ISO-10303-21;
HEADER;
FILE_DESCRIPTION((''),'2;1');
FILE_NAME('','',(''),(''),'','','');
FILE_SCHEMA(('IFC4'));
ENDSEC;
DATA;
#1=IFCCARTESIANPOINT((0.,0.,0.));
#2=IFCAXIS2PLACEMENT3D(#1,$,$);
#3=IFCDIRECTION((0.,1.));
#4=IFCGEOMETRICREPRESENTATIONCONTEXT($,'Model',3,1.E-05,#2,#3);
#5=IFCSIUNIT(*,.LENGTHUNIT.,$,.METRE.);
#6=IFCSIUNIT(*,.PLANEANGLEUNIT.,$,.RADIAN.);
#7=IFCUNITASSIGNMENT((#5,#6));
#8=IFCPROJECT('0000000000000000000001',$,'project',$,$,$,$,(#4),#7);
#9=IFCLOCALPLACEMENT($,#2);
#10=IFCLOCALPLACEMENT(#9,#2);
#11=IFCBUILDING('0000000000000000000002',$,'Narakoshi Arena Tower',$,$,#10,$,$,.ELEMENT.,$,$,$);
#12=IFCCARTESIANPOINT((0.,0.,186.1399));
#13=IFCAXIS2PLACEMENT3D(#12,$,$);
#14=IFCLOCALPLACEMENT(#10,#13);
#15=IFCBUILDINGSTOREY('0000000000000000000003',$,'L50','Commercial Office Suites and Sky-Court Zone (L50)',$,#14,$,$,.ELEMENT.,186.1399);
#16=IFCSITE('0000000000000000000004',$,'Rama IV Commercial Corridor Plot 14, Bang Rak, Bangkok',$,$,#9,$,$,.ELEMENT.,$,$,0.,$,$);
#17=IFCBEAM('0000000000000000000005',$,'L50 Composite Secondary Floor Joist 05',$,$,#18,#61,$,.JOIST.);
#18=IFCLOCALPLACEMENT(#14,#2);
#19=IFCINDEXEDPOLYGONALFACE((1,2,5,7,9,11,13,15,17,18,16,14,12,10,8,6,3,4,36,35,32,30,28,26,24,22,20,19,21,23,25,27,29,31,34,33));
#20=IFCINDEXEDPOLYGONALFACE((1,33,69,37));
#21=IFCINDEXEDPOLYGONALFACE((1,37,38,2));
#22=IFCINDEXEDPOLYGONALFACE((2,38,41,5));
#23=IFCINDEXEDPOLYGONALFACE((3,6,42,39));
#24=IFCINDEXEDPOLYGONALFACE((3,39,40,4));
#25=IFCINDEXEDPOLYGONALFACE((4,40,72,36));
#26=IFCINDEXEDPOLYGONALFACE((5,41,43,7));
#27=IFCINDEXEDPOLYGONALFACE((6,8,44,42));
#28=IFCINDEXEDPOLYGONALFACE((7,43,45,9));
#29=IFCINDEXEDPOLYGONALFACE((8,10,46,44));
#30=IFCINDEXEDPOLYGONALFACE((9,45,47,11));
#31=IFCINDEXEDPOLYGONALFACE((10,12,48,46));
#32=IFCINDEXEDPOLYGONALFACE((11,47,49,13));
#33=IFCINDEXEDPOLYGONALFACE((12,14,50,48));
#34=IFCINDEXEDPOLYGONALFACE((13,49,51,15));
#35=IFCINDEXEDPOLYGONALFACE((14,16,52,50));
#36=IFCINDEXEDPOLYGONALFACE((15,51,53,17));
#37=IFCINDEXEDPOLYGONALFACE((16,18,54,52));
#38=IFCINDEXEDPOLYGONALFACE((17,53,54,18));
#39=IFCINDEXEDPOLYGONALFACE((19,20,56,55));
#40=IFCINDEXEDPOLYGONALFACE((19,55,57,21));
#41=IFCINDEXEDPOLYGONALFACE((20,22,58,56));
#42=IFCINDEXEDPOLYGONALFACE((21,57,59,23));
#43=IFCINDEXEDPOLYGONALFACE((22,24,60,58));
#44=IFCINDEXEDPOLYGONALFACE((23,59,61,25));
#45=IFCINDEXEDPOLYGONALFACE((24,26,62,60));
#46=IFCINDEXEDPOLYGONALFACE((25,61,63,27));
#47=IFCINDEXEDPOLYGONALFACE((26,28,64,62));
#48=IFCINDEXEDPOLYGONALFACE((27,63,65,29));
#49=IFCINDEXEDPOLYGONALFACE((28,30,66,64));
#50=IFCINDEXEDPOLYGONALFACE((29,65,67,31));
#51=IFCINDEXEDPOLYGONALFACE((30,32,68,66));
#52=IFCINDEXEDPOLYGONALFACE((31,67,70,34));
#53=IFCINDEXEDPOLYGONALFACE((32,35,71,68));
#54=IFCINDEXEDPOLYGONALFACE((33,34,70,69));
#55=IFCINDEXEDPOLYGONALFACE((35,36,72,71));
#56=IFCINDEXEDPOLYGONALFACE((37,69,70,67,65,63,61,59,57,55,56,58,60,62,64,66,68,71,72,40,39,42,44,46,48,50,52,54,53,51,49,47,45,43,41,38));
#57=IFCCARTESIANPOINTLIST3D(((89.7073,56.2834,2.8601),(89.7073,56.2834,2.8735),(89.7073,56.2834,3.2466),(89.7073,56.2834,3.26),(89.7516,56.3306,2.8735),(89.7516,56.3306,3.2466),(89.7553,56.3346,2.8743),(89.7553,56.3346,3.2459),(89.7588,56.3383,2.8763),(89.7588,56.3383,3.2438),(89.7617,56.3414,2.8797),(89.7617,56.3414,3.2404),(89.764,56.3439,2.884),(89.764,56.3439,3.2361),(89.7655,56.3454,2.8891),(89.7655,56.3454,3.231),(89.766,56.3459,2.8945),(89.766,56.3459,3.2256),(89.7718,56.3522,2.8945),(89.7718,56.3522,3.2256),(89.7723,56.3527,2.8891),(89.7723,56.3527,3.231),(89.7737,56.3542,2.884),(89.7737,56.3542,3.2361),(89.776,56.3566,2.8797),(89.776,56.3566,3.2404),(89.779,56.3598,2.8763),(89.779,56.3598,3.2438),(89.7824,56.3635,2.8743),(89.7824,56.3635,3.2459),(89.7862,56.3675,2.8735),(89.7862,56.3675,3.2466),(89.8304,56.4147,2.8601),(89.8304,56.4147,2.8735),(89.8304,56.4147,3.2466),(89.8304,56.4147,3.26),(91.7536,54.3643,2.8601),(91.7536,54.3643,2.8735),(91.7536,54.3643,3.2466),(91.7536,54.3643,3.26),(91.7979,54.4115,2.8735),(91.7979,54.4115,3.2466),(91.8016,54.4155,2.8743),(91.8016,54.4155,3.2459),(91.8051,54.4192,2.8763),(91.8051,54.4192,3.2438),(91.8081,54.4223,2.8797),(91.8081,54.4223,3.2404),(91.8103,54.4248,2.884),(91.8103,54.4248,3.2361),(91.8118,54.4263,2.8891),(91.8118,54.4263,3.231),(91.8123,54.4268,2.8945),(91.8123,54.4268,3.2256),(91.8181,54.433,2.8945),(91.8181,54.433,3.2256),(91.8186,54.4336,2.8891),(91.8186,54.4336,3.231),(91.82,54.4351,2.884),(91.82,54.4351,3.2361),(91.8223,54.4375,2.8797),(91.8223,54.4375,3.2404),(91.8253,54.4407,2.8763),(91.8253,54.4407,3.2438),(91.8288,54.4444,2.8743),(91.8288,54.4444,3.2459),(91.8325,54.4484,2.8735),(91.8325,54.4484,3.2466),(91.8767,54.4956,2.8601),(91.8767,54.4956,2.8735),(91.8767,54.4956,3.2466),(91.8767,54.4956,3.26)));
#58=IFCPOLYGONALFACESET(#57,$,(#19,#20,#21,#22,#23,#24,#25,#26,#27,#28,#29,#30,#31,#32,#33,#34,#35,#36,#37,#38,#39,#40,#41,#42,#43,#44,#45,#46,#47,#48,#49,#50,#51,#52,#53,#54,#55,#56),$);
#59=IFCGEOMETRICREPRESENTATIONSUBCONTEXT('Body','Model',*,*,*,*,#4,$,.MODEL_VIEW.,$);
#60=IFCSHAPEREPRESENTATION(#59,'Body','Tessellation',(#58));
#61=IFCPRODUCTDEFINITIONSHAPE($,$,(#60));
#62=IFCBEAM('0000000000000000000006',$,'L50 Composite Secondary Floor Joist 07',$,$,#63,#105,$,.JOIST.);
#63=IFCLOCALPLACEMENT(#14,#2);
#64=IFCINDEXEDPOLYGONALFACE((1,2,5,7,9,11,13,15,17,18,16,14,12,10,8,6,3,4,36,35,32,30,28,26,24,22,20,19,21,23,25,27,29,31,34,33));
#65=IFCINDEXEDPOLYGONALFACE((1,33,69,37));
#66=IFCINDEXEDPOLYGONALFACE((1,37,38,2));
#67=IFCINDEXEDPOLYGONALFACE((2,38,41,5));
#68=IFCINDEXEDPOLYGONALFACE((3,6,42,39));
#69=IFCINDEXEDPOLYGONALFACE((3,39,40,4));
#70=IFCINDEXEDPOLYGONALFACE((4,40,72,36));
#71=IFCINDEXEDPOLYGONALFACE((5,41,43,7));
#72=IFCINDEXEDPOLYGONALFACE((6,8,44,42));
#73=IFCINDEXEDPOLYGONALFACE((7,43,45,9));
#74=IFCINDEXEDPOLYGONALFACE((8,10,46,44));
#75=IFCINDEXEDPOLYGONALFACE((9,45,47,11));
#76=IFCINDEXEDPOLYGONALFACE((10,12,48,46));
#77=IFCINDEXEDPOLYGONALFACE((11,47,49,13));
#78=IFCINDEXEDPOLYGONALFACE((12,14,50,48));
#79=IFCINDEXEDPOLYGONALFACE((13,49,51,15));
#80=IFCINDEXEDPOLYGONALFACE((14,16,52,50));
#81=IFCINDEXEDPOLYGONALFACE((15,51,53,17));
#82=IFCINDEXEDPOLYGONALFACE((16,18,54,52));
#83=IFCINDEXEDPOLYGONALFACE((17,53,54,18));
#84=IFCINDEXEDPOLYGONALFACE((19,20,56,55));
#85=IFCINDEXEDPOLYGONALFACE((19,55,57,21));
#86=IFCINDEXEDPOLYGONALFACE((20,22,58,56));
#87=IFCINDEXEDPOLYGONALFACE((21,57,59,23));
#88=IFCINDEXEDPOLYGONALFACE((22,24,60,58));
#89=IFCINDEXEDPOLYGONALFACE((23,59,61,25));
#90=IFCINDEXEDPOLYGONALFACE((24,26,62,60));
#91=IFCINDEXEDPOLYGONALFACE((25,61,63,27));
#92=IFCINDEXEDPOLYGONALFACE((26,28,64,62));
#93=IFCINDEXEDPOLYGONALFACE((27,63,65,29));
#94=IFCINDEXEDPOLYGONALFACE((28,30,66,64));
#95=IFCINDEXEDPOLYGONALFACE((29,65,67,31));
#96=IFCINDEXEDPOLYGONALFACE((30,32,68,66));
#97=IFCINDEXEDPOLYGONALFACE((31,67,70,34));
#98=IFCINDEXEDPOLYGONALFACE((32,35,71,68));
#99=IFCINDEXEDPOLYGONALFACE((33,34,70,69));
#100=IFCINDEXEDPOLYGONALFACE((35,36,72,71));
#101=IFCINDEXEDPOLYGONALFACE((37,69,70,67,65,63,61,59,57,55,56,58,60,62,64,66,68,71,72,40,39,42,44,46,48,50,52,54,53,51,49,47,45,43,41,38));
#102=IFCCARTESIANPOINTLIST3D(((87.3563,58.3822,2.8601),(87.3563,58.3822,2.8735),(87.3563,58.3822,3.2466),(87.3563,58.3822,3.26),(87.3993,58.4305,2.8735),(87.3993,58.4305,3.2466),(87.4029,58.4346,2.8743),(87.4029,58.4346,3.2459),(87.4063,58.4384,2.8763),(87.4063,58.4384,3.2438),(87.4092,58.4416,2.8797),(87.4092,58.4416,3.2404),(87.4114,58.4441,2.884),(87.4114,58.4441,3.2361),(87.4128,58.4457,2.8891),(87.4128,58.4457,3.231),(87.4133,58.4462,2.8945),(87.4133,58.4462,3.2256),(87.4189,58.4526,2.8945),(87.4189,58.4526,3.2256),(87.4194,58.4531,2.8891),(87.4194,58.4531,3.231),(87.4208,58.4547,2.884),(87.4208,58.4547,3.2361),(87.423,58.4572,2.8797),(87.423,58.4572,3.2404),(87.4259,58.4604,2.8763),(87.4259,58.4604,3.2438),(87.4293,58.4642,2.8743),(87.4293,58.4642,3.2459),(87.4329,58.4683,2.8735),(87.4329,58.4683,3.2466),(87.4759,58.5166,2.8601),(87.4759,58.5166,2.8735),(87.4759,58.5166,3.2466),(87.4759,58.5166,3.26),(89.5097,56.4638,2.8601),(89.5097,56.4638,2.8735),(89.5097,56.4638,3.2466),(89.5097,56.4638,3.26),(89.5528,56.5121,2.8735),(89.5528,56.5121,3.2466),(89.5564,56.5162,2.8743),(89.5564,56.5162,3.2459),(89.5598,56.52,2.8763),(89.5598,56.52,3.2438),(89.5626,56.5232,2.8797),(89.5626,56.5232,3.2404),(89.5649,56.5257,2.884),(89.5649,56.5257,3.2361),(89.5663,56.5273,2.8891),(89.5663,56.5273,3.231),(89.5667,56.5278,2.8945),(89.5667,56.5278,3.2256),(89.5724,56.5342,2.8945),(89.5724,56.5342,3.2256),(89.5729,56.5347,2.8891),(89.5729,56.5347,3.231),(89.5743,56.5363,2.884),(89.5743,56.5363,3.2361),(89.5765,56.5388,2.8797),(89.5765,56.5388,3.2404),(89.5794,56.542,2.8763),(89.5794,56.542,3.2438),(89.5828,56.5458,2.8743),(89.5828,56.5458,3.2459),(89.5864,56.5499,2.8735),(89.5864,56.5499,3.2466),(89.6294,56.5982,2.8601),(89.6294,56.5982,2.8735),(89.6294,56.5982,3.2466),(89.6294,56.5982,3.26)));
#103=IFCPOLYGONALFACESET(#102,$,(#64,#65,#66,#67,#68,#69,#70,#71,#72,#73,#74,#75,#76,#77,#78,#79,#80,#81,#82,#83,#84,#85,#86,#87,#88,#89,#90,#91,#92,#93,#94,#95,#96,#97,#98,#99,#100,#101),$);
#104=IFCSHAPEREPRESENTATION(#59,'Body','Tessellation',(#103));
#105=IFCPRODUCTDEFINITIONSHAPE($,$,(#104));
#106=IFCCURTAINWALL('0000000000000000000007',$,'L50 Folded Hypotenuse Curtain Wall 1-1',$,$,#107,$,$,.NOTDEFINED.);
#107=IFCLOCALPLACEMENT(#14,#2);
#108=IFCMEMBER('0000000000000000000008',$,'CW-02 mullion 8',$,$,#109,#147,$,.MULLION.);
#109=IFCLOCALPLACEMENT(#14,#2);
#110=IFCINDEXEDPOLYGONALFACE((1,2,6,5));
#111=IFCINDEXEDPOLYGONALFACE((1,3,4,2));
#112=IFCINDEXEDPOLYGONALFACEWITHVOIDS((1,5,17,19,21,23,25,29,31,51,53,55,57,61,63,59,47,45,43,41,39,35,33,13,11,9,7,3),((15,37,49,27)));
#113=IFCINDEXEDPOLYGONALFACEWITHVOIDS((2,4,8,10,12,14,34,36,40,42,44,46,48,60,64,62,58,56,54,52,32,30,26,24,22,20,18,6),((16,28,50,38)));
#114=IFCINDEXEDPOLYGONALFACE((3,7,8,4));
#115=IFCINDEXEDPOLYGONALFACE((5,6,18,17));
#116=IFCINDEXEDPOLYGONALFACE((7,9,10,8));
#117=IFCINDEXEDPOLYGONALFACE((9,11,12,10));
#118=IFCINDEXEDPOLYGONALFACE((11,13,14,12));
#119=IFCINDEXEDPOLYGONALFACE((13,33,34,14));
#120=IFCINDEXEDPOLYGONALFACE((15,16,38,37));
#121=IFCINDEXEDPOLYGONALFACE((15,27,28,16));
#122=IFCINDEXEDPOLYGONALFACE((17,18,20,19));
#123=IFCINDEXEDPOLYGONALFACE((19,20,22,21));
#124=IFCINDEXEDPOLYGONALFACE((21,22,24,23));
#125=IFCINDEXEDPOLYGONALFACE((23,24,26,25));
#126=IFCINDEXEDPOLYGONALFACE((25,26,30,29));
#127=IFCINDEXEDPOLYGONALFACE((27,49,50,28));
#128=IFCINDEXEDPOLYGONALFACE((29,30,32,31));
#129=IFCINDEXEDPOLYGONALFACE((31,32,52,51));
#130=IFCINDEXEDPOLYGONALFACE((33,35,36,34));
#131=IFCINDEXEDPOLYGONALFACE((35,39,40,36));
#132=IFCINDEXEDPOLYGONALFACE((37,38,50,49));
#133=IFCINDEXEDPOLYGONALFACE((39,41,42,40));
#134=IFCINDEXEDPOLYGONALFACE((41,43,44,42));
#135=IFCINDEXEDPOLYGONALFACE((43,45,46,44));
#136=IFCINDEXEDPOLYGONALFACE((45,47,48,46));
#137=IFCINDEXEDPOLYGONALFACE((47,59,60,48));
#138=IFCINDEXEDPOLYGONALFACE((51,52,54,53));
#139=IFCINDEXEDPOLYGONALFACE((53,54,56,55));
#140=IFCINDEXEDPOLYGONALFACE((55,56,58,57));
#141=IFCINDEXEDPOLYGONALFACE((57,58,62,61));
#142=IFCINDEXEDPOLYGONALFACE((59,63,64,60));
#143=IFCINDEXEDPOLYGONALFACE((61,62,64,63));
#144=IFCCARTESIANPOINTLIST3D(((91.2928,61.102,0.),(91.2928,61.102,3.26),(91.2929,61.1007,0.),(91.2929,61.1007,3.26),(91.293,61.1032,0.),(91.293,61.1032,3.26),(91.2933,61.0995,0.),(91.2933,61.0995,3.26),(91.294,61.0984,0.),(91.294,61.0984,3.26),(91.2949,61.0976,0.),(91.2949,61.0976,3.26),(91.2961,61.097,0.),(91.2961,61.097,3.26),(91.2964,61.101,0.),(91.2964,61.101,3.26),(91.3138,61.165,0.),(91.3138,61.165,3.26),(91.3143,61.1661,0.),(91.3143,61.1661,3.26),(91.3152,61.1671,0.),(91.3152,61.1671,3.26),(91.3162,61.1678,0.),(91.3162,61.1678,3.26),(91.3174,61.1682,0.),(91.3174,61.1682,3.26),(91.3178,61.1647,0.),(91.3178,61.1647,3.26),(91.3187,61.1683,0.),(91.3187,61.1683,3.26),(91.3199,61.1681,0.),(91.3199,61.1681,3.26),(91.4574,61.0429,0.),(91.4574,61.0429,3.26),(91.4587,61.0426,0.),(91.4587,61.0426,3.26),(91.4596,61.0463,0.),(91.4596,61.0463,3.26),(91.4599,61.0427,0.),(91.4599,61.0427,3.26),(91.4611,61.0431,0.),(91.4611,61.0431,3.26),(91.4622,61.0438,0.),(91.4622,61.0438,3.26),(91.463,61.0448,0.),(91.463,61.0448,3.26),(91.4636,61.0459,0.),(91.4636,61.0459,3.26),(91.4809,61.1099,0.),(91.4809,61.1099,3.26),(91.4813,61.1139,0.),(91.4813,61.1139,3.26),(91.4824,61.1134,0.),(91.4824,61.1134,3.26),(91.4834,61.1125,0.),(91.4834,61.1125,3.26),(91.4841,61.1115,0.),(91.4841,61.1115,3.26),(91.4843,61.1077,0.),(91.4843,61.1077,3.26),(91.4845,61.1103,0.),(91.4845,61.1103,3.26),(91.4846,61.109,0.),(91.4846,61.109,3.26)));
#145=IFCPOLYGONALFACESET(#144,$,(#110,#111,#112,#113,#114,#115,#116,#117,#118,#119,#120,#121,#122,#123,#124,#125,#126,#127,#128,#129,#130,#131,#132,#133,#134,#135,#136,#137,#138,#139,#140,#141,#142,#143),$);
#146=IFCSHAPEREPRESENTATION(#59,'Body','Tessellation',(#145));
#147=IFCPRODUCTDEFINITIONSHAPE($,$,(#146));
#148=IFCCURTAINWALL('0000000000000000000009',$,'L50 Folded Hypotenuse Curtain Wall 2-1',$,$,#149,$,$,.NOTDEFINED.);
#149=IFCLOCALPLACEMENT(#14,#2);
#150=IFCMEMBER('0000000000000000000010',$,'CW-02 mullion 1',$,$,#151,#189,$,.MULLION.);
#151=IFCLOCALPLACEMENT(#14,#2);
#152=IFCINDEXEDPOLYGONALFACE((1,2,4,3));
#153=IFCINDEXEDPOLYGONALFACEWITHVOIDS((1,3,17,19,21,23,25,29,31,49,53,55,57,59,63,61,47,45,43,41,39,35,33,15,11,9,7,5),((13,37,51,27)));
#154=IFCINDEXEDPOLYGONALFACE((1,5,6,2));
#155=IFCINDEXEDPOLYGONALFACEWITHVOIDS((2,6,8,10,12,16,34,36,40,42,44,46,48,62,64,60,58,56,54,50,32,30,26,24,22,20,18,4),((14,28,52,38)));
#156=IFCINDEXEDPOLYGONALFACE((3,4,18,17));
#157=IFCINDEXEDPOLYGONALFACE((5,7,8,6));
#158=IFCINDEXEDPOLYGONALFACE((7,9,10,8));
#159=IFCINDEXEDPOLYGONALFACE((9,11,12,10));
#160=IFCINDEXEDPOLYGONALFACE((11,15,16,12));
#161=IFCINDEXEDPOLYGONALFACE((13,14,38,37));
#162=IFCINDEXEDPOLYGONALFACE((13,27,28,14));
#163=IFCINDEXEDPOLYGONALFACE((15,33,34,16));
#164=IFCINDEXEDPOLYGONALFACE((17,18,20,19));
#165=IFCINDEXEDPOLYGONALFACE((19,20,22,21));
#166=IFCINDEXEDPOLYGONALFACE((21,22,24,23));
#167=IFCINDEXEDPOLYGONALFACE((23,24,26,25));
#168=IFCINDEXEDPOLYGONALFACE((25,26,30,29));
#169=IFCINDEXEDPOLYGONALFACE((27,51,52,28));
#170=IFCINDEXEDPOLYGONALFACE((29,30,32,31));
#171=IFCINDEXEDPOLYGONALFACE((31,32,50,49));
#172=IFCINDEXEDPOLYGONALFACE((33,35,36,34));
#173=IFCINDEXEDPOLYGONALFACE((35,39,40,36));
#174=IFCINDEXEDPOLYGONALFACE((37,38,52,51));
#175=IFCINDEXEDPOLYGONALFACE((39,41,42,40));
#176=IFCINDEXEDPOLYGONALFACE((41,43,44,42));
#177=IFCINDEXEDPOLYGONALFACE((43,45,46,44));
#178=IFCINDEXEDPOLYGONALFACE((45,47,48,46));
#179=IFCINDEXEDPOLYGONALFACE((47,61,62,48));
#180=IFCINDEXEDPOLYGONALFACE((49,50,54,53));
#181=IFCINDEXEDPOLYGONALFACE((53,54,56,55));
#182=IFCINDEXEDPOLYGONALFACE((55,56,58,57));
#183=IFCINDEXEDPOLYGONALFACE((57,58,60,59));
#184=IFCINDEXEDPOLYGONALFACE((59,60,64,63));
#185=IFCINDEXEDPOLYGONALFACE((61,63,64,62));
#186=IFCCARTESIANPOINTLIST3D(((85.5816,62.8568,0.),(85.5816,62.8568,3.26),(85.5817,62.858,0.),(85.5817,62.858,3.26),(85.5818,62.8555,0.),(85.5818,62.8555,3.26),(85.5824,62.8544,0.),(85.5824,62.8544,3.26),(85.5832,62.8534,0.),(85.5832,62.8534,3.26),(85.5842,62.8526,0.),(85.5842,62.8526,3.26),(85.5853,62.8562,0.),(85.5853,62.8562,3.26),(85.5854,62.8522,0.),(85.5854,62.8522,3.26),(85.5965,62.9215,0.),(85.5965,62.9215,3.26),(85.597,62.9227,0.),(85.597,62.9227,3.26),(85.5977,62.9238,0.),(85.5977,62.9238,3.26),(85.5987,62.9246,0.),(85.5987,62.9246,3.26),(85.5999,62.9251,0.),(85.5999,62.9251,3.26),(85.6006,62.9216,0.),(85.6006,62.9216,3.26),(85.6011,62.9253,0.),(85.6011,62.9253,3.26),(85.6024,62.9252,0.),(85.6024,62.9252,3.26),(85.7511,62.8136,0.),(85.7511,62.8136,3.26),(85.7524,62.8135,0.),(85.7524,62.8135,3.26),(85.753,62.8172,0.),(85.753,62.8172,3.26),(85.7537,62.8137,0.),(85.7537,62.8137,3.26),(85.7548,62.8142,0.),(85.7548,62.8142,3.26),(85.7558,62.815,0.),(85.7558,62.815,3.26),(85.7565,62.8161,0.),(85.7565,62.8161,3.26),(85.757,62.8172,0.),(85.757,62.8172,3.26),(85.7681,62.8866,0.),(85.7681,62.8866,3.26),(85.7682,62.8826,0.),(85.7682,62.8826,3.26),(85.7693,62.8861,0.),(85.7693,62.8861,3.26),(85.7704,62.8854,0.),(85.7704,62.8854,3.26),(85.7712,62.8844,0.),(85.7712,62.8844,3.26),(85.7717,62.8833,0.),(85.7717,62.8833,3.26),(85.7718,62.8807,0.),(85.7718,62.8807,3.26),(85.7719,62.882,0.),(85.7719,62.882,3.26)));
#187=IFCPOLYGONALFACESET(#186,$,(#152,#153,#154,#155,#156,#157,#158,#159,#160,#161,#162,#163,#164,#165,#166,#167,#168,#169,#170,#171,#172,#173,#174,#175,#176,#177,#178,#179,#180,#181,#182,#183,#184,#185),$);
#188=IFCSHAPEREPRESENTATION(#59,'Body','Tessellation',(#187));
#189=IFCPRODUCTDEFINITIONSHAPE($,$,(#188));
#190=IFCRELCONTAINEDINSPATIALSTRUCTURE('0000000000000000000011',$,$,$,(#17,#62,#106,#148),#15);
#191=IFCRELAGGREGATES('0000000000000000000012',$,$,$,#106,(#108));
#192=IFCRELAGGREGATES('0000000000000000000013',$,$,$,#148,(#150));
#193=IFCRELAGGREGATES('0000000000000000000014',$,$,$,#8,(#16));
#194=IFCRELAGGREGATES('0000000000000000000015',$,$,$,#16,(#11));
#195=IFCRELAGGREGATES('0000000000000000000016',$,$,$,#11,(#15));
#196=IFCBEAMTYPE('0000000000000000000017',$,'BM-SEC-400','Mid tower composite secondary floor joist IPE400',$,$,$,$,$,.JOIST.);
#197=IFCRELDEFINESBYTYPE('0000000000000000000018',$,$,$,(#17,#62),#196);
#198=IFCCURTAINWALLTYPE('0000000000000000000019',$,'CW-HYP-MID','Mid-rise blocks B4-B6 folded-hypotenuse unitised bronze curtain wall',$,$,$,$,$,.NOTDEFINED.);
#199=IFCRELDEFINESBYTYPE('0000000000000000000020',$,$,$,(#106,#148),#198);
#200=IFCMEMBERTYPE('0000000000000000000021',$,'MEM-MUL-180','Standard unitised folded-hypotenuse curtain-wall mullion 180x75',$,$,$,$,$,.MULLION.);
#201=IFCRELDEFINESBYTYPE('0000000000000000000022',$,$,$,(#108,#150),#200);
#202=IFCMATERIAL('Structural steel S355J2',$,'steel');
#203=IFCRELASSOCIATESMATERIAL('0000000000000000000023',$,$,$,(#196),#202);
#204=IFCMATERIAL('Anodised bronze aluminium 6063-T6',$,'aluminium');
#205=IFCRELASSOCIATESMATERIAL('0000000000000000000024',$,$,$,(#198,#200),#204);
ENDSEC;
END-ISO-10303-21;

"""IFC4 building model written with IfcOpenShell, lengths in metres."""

from ifc_helpers import new_model, si_unit, direction, frame, origin, origin_2d, place, context, subcontext, project, spatial, hollow_rectangle, i_section, extrude, material, material_profile, profile_set, type_object, element, aggregate, save


model = new_model("IFC4")

# Units and contexts
model_context = context("Model", 3, precision=1e-05, world=origin(), true_north=direction((0.0, 1.0)))
body_context = subcontext(model_context, "Body", "Model", "MODEL_VIEW")
ifc_project = project(units=[si_unit("LENGTHUNIT", "METRE"), si_unit("PLANEANGLEUNIT", "RADIAN")], contexts=[model_context])

# Site, building, storey
site_placement = place(None, origin())
site = spatial("IfcSite", under=ifc_project, at=site_placement, Name="Rama IV Commercial Corridor Plot 14, Bang Rak, Bangkok", CompositionType="ELEMENT", RefElevation=0.0)
building_placement = place(site_placement, origin())
building = spatial("IfcBuilding", under=site, at=building_placement, Name="Narakoshi Arena Tower", CompositionType="ELEMENT")
storey_placement = place(building_placement, frame((0.0, 0.0, 186.1399)))
storey = spatial("IfcBuildingStorey", under=building, at=storey_placement, Name="L50", Description="Commercial Office Suites and Sky-Court Zone (L50)", CompositionType="ELEMENT", Elevation=186.1399)

# Beams
ifc_material_1 = material(Name="Structural steel S355J2", Category="steel")
ifc_material_profile_1 = material_profile(ifc_material_1, i_section(OverallWidth=0.1799, OverallDepth=0.3999, WebThickness=0.0085, FlangeThickness=0.0134, FilletRadius=0.021, at=origin_2d()), Name="IPE400")
ifc_profile_set_1 = profile_set([ifc_material_profile_1], Name="Structural steel S355J2")
beam_type_1 = type_object("IfcBeamType", Name="BM-SEC-400", Description="Mid tower composite secondary floor joist IPE400", PredefinedType="JOIST", material=ifc_profile_set_1)
beam_1_placement = place(storey_placement, frame((91.8152, 54.4299, 3.0601), z_axis=(-0.729412, 0.684074, 0.0), x_axis=(-0.684074, -0.729412, 0.0)))
element("IfcBeam", 1, at=beam_1_placement, inside=storey, type_object=beam_type_1, Name="L50 Composite Secondary Floor Joist 05", PredefinedType="JOIST", context=body_context, shape_type="SweptSolid", body=[
    extrude(i_section(OverallWidth=0.1799, OverallDepth=0.3999, WebThickness=0.0085, FlangeThickness=0.0134, FilletRadius=0.021, at=origin_2d()), origin(), (0.0, 0.0, 1.0), 2.8054),
])
beam_2_placement = place(storey_placement, frame((89.5696, 56.531, 3.0601), z_axis=(-0.74669, 0.665173, 0.0), x_axis=(-0.665173, -0.74669, 0.0)))
element("IfcBeam", 2, at=beam_2_placement, inside=storey, type_object=beam_type_1, Name="L50 Composite Secondary Floor Joist 07", PredefinedType="JOIST", context=body_context, shape_type="SweptSolid", body=[
    extrude(i_section(OverallWidth=0.1799, OverallDepth=0.3999, WebThickness=0.0085, FlangeThickness=0.0134, FilletRadius=0.021, at=origin_2d()), origin(), (0.0, 0.0, 1.0), 2.884),
])

# Curtain wall, member
ifc_material_2 = material(Name="Anodised bronze aluminium 6063-T6", Category="aluminium")
curtain_wall_type = type_object("IfcCurtainWallType", Name="CW-HYP-MID", Description="Mid-rise blocks B4-B6 folded-hypotenuse unitised bronze curtain wall", PredefinedType="NOTDEFINED", material=ifc_material_2)
curtain_wall_1_placement = place(storey_placement, origin())
curtain_wall_1 = element("IfcCurtainWall", 3, at=curtain_wall_1_placement, inside=storey, type_object=curtain_wall_type, Name="L50 Folded Hypotenuse Curtain Wall 1-1", PredefinedType="NOTDEFINED")
ifc_material_profile_2 = material_profile(ifc_material_2, hollow_rectangle(XDim=0.075, YDim=0.1799, WallThickness=0.0039, OuterFilletRadius=0.0049, at=origin_2d()), Name="MUL180x75x4")
ifc_profile_set_2 = profile_set([ifc_material_profile_2], Name="Anodised bronze aluminium 6063-T6")
member_type_1 = type_object("IfcMemberType", Name="MEM-MUL-180", Description="Standard unitised folded-hypotenuse curtain-wall mullion 180x75", PredefinedType="MULLION", material=ifc_profile_set_2)
member_1_placement = place(storey_placement, frame((91.3887, 61.1055, 0.0), z_axis=(0.0, 0.0, 1.0), x_axis=(-0.318261, -0.948003, 0.0)))
member_1 = element("IfcMember", 4, at=member_1_placement, type_object=member_type_1, Name="CW-02 mullion 8", PredefinedType="MULLION", context=body_context, shape_type="SweptSolid", body=[
    extrude(hollow_rectangle(XDim=0.075, YDim=0.1799, WallThickness=0.0039, OuterFilletRadius=0.0049, at=origin_2d()), origin(), (0.0, 0.0, 1.0), 3.26),
])
aggregate(curtain_wall_1, [member_1])

# Curtain wall, member
curtain_wall_2_placement = place(storey_placement, origin())
curtain_wall_2 = element("IfcCurtainWall", 5, at=curtain_wall_2_placement, inside=storey, type_object=curtain_wall_type, Name="L50 Folded Hypotenuse Curtain Wall 2-1", PredefinedType="NOTDEFINED")
member_2_placement = place(storey_placement, frame((85.6768, 62.8694, 0.0), z_axis=(0.0, 0.0, 1.0), x_axis=(-0.226721, -0.97396, 0.0)))
member_2 = element("IfcMember", 6, at=member_2_placement, type_object=member_type_1, Name="CW-02 mullion 1", PredefinedType="MULLION", context=body_context, shape_type="SweptSolid", body=[
    extrude(hollow_rectangle(XDim=0.075, YDim=0.1799, WallThickness=0.0039, OuterFilletRadius=0.0049, at=origin_2d()), origin(), (0.0, 0.0, 1.0), 3.26),
])
aggregate(curtain_wall_2, [member_2])

save(model, "model.ifc")
